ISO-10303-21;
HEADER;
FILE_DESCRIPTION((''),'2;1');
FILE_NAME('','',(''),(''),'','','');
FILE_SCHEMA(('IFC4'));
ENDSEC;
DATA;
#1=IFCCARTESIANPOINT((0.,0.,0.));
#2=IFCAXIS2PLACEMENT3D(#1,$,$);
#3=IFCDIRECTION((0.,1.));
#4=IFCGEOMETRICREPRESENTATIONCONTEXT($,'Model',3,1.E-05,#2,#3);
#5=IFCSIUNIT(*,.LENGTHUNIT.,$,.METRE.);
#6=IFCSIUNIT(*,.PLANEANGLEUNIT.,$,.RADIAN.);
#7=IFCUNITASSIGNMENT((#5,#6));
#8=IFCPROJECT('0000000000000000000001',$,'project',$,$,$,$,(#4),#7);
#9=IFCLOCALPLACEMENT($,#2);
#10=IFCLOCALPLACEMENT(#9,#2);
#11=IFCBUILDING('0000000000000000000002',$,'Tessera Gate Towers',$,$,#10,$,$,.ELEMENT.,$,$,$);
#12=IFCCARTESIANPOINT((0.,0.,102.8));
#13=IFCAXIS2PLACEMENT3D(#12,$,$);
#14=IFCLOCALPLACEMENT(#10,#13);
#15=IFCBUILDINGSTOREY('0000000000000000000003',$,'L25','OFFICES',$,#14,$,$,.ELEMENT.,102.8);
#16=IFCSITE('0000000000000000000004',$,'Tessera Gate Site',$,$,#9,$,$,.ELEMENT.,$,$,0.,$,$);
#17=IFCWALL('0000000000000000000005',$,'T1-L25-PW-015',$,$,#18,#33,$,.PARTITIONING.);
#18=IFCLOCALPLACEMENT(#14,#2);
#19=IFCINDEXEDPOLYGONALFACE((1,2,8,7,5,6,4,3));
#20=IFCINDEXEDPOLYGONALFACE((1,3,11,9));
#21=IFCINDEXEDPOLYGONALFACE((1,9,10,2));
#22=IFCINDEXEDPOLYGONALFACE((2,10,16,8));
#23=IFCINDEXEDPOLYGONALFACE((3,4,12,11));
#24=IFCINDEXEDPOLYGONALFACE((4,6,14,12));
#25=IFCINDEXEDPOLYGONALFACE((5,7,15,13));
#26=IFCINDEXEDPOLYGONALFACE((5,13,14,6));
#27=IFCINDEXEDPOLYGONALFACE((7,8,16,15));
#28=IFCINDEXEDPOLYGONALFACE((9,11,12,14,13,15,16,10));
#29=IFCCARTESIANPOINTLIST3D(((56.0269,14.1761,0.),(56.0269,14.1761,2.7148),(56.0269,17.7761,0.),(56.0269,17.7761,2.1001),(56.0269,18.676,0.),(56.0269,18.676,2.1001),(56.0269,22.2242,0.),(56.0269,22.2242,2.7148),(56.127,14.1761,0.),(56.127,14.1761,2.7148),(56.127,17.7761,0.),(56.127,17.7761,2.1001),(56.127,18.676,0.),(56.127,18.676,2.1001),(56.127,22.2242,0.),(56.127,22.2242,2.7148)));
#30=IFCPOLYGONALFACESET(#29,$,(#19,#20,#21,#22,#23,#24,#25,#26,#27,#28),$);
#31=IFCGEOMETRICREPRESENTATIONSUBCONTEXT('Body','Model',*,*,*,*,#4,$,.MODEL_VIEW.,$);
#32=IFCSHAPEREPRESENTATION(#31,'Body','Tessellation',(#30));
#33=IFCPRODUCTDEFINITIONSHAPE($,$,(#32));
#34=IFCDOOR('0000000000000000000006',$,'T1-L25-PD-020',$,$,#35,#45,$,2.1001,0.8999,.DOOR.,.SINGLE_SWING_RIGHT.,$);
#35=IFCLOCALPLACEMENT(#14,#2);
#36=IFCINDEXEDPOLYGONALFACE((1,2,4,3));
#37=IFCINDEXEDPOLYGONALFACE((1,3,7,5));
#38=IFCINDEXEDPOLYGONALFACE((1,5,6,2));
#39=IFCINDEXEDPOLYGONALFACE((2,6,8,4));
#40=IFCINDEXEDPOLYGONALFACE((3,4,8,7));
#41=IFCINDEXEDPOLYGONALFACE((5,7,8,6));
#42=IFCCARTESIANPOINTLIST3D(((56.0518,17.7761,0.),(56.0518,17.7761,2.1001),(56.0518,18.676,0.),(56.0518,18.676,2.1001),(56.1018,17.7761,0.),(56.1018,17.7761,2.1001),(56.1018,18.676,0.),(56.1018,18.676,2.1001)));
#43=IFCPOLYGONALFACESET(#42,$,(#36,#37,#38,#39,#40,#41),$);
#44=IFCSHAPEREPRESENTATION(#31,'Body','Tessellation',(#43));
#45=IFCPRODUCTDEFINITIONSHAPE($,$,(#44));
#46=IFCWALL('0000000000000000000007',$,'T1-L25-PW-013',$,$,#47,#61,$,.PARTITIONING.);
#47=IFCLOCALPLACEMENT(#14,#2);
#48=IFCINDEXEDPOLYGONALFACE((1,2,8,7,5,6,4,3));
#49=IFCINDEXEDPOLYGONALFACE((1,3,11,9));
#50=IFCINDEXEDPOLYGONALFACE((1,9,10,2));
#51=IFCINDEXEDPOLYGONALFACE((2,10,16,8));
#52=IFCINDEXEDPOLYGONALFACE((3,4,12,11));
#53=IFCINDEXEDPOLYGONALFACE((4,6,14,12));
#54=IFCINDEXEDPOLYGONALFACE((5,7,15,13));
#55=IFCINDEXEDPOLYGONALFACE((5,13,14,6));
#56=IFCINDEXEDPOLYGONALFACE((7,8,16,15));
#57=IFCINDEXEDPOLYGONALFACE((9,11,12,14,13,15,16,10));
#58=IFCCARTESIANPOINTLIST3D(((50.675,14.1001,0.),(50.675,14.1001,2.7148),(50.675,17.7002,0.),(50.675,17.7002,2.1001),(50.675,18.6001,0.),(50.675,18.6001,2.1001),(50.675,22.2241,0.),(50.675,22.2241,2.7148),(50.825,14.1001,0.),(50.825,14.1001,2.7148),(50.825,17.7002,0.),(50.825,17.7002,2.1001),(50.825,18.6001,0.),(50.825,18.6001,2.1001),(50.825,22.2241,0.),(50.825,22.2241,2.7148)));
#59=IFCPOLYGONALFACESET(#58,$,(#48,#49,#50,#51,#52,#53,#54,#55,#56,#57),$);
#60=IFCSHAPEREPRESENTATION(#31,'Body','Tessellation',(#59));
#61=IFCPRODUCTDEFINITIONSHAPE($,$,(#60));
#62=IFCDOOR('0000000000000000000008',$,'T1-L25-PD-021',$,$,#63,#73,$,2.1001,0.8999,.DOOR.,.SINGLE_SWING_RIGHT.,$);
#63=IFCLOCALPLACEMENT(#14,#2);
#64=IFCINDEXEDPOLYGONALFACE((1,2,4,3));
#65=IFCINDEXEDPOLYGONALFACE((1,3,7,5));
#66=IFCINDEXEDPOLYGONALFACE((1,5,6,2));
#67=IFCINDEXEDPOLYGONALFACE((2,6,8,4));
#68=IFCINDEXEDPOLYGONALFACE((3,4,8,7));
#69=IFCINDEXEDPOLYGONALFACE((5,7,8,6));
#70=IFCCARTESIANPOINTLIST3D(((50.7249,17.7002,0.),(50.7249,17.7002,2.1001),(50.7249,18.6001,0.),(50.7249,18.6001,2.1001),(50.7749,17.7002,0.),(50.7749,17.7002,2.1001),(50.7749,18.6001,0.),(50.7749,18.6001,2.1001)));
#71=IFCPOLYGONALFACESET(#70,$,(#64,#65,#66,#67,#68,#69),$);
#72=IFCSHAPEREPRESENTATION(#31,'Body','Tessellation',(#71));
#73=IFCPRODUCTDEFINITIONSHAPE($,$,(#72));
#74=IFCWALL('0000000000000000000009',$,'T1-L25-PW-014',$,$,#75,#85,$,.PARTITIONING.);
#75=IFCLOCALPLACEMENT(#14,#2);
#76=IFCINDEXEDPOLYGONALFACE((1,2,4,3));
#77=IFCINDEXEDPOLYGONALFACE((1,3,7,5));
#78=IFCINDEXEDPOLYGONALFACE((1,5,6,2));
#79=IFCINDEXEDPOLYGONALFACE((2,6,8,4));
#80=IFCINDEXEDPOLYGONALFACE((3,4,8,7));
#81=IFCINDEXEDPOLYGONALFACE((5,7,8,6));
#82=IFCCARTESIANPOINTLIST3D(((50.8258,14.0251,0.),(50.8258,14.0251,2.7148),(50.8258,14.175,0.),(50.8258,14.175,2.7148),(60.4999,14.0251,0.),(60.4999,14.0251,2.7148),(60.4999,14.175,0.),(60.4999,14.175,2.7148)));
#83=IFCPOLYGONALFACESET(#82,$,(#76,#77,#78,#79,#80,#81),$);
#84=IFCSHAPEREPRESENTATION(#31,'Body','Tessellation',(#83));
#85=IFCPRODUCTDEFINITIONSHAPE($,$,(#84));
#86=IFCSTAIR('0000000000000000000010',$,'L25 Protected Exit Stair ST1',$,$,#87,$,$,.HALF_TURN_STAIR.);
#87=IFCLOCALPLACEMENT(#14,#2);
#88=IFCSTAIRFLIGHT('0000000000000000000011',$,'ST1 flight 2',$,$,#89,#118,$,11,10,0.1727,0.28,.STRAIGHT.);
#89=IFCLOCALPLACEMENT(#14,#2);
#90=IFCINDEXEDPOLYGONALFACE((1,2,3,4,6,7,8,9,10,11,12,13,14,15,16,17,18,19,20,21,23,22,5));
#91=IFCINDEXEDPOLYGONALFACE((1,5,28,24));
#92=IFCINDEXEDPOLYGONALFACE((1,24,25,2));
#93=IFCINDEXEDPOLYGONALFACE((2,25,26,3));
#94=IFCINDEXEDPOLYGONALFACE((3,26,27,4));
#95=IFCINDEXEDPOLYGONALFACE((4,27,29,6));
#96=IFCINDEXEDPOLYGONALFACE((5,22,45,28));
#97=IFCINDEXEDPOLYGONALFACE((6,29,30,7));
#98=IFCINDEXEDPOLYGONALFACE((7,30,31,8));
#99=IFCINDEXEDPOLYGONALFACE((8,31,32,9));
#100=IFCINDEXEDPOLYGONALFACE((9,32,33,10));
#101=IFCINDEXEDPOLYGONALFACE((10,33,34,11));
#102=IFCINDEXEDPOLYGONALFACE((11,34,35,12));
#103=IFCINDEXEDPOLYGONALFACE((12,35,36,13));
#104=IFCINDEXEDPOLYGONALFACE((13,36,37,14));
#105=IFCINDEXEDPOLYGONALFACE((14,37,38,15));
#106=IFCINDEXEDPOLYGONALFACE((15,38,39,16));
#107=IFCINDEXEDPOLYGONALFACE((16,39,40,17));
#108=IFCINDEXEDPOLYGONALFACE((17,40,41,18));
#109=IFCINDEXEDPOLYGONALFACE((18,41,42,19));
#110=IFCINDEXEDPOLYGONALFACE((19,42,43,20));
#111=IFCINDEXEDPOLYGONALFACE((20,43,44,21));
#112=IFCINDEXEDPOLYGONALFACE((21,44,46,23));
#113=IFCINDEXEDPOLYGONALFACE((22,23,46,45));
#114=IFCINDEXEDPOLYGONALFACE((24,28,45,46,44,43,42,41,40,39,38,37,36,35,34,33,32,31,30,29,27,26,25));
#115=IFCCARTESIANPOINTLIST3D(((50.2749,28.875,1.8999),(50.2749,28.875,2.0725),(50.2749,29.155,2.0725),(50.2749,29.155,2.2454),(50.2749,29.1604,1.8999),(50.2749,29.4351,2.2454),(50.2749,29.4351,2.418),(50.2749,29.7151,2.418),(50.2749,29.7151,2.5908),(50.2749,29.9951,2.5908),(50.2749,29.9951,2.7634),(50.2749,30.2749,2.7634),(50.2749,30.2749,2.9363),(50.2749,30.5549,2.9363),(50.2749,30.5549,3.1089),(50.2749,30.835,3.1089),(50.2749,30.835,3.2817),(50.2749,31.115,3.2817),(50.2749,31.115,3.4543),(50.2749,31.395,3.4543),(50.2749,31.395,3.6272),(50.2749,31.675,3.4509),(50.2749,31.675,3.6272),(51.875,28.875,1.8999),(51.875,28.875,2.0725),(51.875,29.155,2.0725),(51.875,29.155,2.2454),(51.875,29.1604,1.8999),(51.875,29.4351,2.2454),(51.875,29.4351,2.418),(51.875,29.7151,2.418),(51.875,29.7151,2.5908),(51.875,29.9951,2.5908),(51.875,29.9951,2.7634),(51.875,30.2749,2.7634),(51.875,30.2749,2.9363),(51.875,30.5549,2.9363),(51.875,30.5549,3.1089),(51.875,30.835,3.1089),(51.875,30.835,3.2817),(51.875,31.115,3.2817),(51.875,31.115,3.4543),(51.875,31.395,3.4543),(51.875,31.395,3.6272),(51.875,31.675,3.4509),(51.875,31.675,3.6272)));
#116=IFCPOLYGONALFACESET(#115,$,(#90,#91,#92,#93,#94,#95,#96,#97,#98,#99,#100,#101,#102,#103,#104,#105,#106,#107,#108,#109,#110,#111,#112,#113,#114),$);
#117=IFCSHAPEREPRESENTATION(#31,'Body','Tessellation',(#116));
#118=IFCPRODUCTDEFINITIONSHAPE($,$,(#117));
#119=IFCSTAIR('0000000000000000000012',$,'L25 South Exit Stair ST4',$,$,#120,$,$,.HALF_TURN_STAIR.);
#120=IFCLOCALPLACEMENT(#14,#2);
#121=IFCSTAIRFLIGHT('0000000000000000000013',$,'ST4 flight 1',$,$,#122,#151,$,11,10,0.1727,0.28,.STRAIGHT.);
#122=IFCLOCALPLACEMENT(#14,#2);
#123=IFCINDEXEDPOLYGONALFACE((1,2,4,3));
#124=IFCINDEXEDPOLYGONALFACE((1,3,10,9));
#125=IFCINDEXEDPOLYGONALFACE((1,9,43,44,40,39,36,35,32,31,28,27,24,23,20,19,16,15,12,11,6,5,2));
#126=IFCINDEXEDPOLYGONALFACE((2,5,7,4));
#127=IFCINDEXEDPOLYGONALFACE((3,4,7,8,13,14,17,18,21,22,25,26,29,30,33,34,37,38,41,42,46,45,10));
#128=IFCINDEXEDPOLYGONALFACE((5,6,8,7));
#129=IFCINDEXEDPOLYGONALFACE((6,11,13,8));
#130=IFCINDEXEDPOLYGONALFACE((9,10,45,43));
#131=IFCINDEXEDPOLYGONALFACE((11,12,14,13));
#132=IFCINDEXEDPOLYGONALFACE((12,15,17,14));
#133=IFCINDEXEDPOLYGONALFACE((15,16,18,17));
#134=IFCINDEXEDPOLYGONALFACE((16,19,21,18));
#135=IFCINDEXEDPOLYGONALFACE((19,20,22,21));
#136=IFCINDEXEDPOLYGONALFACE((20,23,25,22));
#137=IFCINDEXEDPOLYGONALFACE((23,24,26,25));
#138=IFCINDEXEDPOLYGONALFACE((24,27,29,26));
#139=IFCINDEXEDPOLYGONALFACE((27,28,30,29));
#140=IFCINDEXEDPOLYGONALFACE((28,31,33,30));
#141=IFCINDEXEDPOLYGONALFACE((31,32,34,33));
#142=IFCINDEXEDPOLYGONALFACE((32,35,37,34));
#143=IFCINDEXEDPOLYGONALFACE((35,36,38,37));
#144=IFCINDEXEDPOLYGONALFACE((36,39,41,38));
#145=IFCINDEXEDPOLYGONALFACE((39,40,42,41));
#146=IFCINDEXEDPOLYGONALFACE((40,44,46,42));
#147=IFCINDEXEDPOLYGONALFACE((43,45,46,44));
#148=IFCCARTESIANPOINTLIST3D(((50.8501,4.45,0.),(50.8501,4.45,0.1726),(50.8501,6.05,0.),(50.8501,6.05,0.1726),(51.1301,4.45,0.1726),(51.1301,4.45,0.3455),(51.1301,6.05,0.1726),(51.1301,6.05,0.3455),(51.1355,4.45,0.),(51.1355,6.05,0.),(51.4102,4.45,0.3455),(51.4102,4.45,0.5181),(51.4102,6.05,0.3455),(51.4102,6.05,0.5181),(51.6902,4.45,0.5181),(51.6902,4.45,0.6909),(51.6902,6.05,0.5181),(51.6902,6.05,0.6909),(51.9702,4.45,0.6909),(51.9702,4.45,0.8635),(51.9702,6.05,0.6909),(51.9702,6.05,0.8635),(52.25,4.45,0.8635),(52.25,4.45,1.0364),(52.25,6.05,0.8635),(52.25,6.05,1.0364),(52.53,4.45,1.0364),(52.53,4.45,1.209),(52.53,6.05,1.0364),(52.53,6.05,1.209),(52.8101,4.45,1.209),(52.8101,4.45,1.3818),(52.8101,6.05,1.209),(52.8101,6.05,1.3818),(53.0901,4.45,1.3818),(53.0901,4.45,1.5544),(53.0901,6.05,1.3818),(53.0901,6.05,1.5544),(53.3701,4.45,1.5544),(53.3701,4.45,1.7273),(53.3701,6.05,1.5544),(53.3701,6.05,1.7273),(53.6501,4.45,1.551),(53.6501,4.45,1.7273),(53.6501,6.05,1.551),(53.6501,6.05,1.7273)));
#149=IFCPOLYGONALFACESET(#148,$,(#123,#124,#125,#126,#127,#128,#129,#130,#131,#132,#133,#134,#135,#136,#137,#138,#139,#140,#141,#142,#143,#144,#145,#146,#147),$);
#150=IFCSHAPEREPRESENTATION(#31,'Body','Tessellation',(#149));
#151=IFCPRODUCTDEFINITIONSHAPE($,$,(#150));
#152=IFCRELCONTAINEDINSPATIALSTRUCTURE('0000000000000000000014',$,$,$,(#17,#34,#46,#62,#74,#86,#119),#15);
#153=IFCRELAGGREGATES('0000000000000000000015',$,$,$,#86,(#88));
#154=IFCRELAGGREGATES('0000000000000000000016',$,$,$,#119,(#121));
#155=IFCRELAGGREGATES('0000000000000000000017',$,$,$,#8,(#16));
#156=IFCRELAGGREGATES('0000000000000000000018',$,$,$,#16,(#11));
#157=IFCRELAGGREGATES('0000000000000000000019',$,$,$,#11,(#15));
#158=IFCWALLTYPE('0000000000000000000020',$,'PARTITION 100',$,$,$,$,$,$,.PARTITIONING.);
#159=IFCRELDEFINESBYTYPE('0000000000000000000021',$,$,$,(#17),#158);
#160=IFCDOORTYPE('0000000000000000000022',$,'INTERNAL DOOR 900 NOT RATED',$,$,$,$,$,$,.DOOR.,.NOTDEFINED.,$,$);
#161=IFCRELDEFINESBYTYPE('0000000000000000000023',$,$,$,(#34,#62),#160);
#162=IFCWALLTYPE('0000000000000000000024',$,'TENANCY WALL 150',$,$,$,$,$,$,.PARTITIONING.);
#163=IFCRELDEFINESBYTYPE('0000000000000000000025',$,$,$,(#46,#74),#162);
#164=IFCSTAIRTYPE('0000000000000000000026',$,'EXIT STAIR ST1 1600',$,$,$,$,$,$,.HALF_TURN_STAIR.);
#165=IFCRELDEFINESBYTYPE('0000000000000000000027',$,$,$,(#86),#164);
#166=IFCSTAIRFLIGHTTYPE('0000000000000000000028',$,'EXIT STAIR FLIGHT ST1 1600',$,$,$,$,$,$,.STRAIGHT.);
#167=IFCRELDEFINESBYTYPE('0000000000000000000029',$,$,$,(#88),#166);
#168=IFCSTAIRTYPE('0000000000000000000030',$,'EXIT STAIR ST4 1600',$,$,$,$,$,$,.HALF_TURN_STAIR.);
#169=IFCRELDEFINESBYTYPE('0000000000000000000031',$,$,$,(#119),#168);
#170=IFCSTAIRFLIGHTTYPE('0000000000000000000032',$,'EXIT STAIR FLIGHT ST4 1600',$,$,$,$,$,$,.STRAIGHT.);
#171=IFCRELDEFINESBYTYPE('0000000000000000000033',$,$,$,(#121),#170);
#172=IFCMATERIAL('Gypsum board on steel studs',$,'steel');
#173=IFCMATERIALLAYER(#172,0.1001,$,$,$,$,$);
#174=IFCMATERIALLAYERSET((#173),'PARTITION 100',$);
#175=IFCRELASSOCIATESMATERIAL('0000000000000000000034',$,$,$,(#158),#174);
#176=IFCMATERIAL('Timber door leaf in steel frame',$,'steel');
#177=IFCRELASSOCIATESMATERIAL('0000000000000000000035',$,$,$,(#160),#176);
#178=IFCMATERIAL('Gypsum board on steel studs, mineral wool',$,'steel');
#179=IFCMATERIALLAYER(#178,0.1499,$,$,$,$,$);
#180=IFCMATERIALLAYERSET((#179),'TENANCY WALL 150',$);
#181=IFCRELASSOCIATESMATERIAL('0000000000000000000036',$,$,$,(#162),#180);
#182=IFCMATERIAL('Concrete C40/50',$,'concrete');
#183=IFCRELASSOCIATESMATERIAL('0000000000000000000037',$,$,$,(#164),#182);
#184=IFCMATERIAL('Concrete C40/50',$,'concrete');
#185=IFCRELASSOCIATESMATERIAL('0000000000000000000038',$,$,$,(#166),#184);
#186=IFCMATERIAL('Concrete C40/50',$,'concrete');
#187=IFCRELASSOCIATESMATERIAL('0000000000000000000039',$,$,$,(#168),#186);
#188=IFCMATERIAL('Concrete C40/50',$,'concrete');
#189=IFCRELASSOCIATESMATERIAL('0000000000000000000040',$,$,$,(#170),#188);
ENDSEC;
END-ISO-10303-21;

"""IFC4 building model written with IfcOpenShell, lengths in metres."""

from ifc_helpers import new_model, si_unit, direction, frame, frame_2d, origin, place, context, subcontext, project, spatial, polyline, rectangle, outline, extrude, source, transform, mapped, material, layer, layer_set, type_object, element, fill, aggregate, save


model = new_model("IFC4")

# Units and contexts
model_context = context("Model", 3, precision=1e-05, world=origin(), true_north=direction((0.0, 1.0)))
body_context = subcontext(model_context, "Body", "Model", "MODEL_VIEW")
ifc_project = project(units=[si_unit("LENGTHUNIT", "METRE"), si_unit("PLANEANGLEUNIT", "RADIAN")], contexts=[model_context])

# Site, building, storey
site_placement = place(None, origin())
site = spatial("IfcSite", under=ifc_project, at=site_placement, Name="Tessera Gate Site", CompositionType="ELEMENT", RefElevation=0.0)
building_placement = place(site_placement, origin())
building = spatial("IfcBuilding", under=site, at=building_placement, Name="Tessera Gate Towers", CompositionType="ELEMENT")
storey_placement = place(building_placement, frame((0.0, 0.0, 102.8)))
storey = spatial("IfcBuildingStorey", under=building, at=storey_placement, Name="L25", Description="OFFICES", CompositionType="ELEMENT", Elevation=102.8)

# Walls, openings, doors
ifc_material_1 = material(Name="Gypsum board on steel studs", Category="steel")
ifc_layer_1 = layer(ifc_material_1, 0.1001)
ifc_layer_set_1 = layer_set([ifc_layer_1], Name="PARTITION 100")
wall_type_1 = type_object("IfcWallType", Name="PARTITION 100", PredefinedType="PARTITIONING", material=ifc_layer_set_1)
shared_shape_1 = source(origin(), body_context, "Body", "SweptSolid", [
    extrude(rectangle(XDim=0.8999, YDim=2.1001, at=frame_2d((0.45, 1.05))), frame((0.0, 0.0601, 0.0), z_axis=(0.0, -1.0, 0.0), x_axis=(1.0, 0.0, 0.0)), (0.0, 0.0, 1.0), 0.1201),
])
ifc_material_2 = material(Name="Timber door leaf in steel frame", Category="steel")
door_type_1 = type_object("IfcDoorType", Name="INTERNAL DOOR 900 NOT RATED", OperationType="NOTDEFINED", PredefinedType="DOOR", material=ifc_material_2)
shared_shape_2 = source(origin(), body_context, "Body", "SweptSolid", [
    extrude(rectangle(XDim=0.8999, YDim=2.1001, at=frame_2d((0.45, 1.05))), frame((0.0, 0.0249, 0.0), z_axis=(0.0, -1.0, 0.0), x_axis=(1.0, 0.0, 0.0)), (0.0, 0.0, 1.0), 0.05),
])
wall_1_placement = place(storey_placement, frame((56.0769, 22.2241, 0.0), z_axis=(0.0, 0.0, 1.0), x_axis=(0.0, -1.0, 0.0)))
wall_1 = element("IfcWall", 1, at=wall_1_placement, inside=storey, type_object=wall_type_1, Name="T1-L25-PW-015", PredefinedType="PARTITIONING", context=body_context, shape_type="SweptSolid", body=[
    extrude(rectangle(XDim=8.0481, YDim=0.1001, at=frame_2d((4.0239, 0.0))), origin(), (0.0, 0.0, 1.0), 2.7148),
])
opening_1_placement = place(wall_1_placement, frame((3.5481, 0.0, 0.0)))
opening_1 = element("IfcOpeningElement", 2, at=opening_1_placement, cuts=wall_1, PredefinedType="OPENING", context=body_context, shape_type="MappedRepresentation", body=[
    mapped(shared_shape_1, transform((0.0, 0.0, 0.0), scale=1.0)),
])
door_1_placement = place(opening_1_placement, origin())
door_1 = element("IfcDoor", 3, at=door_1_placement, inside=storey, type_object=door_type_1, Name="T1-L25-PD-020", OperationType="SINGLE_SWING_RIGHT", OverallHeight=2.1001, OverallWidth=0.8999, PredefinedType="DOOR", context=body_context, shape_type="MappedRepresentation", body=[
    mapped(shared_shape_2, transform((0.0, 0.0, 0.0), scale=1.0)),
])
fill(opening_1, door_1)
ifc_material_3 = material(Name="Gypsum board on steel studs, mineral wool", Category="steel")
ifc_layer_2 = layer(ifc_material_3, 0.1499)
ifc_layer_set_2 = layer_set([ifc_layer_2], Name="TENANCY WALL 150")
wall_type_2 = type_object("IfcWallType", Name="TENANCY WALL 150", PredefinedType="PARTITIONING", material=ifc_layer_set_2)
wall_2_placement = place(storey_placement, frame((50.75, 22.2241, 0.0), z_axis=(0.0, 0.0, 1.0), x_axis=(0.0, -1.0, 0.0)))
wall_2 = element("IfcWall", 4, at=wall_2_placement, inside=storey, type_object=wall_type_2, Name="T1-L25-PW-013", PredefinedType="PARTITIONING", context=body_context, shape_type="SweptSolid", body=[
    extrude(rectangle(XDim=8.124, YDim=0.1499, at=frame_2d((4.062, 0.0))), origin(), (0.0, 0.0, 1.0), 2.7148),
])
shared_shape_3 = source(origin(), body_context, "Body", "SweptSolid", [
    extrude(rectangle(XDim=0.8999, YDim=2.1001, at=frame_2d((0.45, 1.05))), frame((0.0, 0.085, 0.0), z_axis=(0.0, -1.0, 0.0), x_axis=(1.0, 0.0, 0.0)), (0.0, 0.0, 1.0), 0.1699),
])
opening_2_placement = place(wall_2_placement, frame((3.624, 0.0, 0.0)))
opening_2 = element("IfcOpeningElement", 5, at=opening_2_placement, cuts=wall_2, PredefinedType="OPENING", context=body_context, shape_type="MappedRepresentation", body=[
    mapped(shared_shape_3, transform((0.0, 0.0, 0.0), scale=1.0)),
])
door_2_placement = place(opening_2_placement, origin())
door_2 = element("IfcDoor", 6, at=door_2_placement, inside=storey, type_object=door_type_1, Name="T1-L25-PD-021", OperationType="SINGLE_SWING_RIGHT", OverallHeight=2.1001, OverallWidth=0.8999, PredefinedType="DOOR", context=body_context, shape_type="MappedRepresentation", body=[
    mapped(shared_shape_2, transform((0.0, 0.0, 0.0), scale=1.0)),
])
fill(opening_2, door_2)

# Wall
wall_3_placement = place(storey_placement, frame((50.8259, 14.1001, 0.0), z_axis=(0.0, 0.0, 1.0), x_axis=(1.0, 0.0, 0.0)))
element("IfcWall", 7, at=wall_3_placement, inside=storey, type_object=wall_type_2, Name="T1-L25-PW-014", PredefinedType="PARTITIONING", context=body_context, shape_type="SweptSolid", body=[
    extrude(rectangle(XDim=9.6741, YDim=0.1499, at=frame_2d((4.8369, 0.0))), origin(), (0.0, 0.0, 1.0), 2.7148),
])

# Stair, stair flight
ifc_material_4 = material(Name="Concrete C40/50", Category="concrete")
stair_type_1 = type_object("IfcStairType", Name="EXIT STAIR ST1 1600", PredefinedType="HALF_TURN_STAIR", material=ifc_material_4)
stair_1_placement = place(storey_placement, origin())
stair_1 = element("IfcStair", 8, at=stair_1_placement, inside=storey, type_object=stair_type_1, Name="L25 Protected Exit Stair ST1", PredefinedType="HALF_TURN_STAIR")
ifc_material_5 = material(Name="Concrete C40/50", Category="concrete")
stair_flight_type_1 = type_object("IfcStairFlightType", Name="EXIT STAIR FLIGHT ST1 1600", PredefinedType="STRAIGHT", material=ifc_material_5)
stair_flight_1_placement = place(storey_placement, frame((51.075, 28.875, 1.8999), z_axis=(0.0, 0.0, 1.0), x_axis=(0.0, 1.0, 0.0)))
stair_flight_1 = element("IfcStairFlight", 9, at=stair_flight_1_placement, type_object=stair_flight_type_1, Name="ST1 flight 2", NumberOfRisers=11, NumberOfTreads=10, PredefinedType="STRAIGHT", RiserHeight=0.1727, TreadLength=0.28, context=body_context, shape_type="SweptSolid", body=[
    extrude(outline(polyline([(0.0, 0.0), (0.0, 0.1726), (0.28, 0.1726), (0.28, 0.3455), (0.5601, 0.3455), (0.5601, 0.5181), (0.8401, 0.5181), (0.8401, 0.6909), (1.1201, 0.6909), (1.1201, 0.8635), (1.3999, 0.8635), (1.3999, 1.0364), (1.6799, 1.0364), (1.6799, 1.209), (1.96, 1.209), (1.96, 1.3818), (2.24, 1.3818), (2.24, 1.5544), (2.52, 1.5544), (2.52, 1.7273), (2.8, 1.7273), (2.8, 1.8999), (2.8, 1.551), (0.2854, 0.0), (0.0, 0.0)])), frame((0.0, 0.8, 0.0), z_axis=(0.0, -1.0, 0.0), x_axis=(1.0, 0.0, 0.0)), (0.0, 0.0, 1.0), 1.6001),
])
aggregate(stair_1, [stair_flight_1])

# Stair, stair flight
ifc_material_6 = material(Name="Concrete C40/50", Category="concrete")
stair_type_2 = type_object("IfcStairType", Name="EXIT STAIR ST4 1600", PredefinedType="HALF_TURN_STAIR", material=ifc_material_6)
stair_2_placement = place(storey_placement, origin())
stair_2 = element("IfcStair", 10, at=stair_2_placement, inside=storey, type_object=stair_type_2, Name="L25 South Exit Stair ST4", PredefinedType="HALF_TURN_STAIR")
ifc_material_7 = material(Name="Concrete C40/50", Category="concrete")
stair_flight_type_2 = type_object("IfcStairFlightType", Name="EXIT STAIR FLIGHT ST4 1600", PredefinedType="STRAIGHT", material=ifc_material_7)
stair_flight_2_placement = place(storey_placement, frame((50.8501, 5.25, 0.0), z_axis=(0.0, 0.0, 1.0), x_axis=(1.0, 0.0, 0.0)))
stair_flight_2 = element("IfcStairFlight", 11, at=stair_flight_2_placement, type_object=stair_flight_type_2, Name="ST4 flight 1", NumberOfRisers=11, NumberOfTreads=10, PredefinedType="STRAIGHT", RiserHeight=0.1727, TreadLength=0.28, context=body_context, shape_type="SweptSolid", body=[
    extrude(outline(polyline([(0.0, 0.0), (0.0, 0.1726), (0.28, 0.1726), (0.28, 0.3455), (0.5601, 0.3455), (0.5601, 0.5181), (0.8401, 0.5181), (0.8401, 0.6909), (1.1201, 0.6909), (1.1201, 0.8635), (1.3999, 0.8635), (1.3999, 1.0364), (1.6799, 1.0364), (1.6799, 1.209), (1.96, 1.209), (1.96, 1.3818), (2.24, 1.3818), (2.24, 1.5544), (2.52, 1.5544), (2.52, 1.7273), (2.8, 1.7273), (2.8, 1.8999), (2.8, 1.551), (0.2854, 0.0), (0.0, 0.0)])), frame((0.0, 0.8, 0.0), z_axis=(0.0, -1.0, 0.0), x_axis=(1.0, 0.0, 0.0)), (0.0, 0.0, 1.0), 1.6001),
])
aggregate(stair_2, [stair_flight_2])

save(model, "model.ifc")
